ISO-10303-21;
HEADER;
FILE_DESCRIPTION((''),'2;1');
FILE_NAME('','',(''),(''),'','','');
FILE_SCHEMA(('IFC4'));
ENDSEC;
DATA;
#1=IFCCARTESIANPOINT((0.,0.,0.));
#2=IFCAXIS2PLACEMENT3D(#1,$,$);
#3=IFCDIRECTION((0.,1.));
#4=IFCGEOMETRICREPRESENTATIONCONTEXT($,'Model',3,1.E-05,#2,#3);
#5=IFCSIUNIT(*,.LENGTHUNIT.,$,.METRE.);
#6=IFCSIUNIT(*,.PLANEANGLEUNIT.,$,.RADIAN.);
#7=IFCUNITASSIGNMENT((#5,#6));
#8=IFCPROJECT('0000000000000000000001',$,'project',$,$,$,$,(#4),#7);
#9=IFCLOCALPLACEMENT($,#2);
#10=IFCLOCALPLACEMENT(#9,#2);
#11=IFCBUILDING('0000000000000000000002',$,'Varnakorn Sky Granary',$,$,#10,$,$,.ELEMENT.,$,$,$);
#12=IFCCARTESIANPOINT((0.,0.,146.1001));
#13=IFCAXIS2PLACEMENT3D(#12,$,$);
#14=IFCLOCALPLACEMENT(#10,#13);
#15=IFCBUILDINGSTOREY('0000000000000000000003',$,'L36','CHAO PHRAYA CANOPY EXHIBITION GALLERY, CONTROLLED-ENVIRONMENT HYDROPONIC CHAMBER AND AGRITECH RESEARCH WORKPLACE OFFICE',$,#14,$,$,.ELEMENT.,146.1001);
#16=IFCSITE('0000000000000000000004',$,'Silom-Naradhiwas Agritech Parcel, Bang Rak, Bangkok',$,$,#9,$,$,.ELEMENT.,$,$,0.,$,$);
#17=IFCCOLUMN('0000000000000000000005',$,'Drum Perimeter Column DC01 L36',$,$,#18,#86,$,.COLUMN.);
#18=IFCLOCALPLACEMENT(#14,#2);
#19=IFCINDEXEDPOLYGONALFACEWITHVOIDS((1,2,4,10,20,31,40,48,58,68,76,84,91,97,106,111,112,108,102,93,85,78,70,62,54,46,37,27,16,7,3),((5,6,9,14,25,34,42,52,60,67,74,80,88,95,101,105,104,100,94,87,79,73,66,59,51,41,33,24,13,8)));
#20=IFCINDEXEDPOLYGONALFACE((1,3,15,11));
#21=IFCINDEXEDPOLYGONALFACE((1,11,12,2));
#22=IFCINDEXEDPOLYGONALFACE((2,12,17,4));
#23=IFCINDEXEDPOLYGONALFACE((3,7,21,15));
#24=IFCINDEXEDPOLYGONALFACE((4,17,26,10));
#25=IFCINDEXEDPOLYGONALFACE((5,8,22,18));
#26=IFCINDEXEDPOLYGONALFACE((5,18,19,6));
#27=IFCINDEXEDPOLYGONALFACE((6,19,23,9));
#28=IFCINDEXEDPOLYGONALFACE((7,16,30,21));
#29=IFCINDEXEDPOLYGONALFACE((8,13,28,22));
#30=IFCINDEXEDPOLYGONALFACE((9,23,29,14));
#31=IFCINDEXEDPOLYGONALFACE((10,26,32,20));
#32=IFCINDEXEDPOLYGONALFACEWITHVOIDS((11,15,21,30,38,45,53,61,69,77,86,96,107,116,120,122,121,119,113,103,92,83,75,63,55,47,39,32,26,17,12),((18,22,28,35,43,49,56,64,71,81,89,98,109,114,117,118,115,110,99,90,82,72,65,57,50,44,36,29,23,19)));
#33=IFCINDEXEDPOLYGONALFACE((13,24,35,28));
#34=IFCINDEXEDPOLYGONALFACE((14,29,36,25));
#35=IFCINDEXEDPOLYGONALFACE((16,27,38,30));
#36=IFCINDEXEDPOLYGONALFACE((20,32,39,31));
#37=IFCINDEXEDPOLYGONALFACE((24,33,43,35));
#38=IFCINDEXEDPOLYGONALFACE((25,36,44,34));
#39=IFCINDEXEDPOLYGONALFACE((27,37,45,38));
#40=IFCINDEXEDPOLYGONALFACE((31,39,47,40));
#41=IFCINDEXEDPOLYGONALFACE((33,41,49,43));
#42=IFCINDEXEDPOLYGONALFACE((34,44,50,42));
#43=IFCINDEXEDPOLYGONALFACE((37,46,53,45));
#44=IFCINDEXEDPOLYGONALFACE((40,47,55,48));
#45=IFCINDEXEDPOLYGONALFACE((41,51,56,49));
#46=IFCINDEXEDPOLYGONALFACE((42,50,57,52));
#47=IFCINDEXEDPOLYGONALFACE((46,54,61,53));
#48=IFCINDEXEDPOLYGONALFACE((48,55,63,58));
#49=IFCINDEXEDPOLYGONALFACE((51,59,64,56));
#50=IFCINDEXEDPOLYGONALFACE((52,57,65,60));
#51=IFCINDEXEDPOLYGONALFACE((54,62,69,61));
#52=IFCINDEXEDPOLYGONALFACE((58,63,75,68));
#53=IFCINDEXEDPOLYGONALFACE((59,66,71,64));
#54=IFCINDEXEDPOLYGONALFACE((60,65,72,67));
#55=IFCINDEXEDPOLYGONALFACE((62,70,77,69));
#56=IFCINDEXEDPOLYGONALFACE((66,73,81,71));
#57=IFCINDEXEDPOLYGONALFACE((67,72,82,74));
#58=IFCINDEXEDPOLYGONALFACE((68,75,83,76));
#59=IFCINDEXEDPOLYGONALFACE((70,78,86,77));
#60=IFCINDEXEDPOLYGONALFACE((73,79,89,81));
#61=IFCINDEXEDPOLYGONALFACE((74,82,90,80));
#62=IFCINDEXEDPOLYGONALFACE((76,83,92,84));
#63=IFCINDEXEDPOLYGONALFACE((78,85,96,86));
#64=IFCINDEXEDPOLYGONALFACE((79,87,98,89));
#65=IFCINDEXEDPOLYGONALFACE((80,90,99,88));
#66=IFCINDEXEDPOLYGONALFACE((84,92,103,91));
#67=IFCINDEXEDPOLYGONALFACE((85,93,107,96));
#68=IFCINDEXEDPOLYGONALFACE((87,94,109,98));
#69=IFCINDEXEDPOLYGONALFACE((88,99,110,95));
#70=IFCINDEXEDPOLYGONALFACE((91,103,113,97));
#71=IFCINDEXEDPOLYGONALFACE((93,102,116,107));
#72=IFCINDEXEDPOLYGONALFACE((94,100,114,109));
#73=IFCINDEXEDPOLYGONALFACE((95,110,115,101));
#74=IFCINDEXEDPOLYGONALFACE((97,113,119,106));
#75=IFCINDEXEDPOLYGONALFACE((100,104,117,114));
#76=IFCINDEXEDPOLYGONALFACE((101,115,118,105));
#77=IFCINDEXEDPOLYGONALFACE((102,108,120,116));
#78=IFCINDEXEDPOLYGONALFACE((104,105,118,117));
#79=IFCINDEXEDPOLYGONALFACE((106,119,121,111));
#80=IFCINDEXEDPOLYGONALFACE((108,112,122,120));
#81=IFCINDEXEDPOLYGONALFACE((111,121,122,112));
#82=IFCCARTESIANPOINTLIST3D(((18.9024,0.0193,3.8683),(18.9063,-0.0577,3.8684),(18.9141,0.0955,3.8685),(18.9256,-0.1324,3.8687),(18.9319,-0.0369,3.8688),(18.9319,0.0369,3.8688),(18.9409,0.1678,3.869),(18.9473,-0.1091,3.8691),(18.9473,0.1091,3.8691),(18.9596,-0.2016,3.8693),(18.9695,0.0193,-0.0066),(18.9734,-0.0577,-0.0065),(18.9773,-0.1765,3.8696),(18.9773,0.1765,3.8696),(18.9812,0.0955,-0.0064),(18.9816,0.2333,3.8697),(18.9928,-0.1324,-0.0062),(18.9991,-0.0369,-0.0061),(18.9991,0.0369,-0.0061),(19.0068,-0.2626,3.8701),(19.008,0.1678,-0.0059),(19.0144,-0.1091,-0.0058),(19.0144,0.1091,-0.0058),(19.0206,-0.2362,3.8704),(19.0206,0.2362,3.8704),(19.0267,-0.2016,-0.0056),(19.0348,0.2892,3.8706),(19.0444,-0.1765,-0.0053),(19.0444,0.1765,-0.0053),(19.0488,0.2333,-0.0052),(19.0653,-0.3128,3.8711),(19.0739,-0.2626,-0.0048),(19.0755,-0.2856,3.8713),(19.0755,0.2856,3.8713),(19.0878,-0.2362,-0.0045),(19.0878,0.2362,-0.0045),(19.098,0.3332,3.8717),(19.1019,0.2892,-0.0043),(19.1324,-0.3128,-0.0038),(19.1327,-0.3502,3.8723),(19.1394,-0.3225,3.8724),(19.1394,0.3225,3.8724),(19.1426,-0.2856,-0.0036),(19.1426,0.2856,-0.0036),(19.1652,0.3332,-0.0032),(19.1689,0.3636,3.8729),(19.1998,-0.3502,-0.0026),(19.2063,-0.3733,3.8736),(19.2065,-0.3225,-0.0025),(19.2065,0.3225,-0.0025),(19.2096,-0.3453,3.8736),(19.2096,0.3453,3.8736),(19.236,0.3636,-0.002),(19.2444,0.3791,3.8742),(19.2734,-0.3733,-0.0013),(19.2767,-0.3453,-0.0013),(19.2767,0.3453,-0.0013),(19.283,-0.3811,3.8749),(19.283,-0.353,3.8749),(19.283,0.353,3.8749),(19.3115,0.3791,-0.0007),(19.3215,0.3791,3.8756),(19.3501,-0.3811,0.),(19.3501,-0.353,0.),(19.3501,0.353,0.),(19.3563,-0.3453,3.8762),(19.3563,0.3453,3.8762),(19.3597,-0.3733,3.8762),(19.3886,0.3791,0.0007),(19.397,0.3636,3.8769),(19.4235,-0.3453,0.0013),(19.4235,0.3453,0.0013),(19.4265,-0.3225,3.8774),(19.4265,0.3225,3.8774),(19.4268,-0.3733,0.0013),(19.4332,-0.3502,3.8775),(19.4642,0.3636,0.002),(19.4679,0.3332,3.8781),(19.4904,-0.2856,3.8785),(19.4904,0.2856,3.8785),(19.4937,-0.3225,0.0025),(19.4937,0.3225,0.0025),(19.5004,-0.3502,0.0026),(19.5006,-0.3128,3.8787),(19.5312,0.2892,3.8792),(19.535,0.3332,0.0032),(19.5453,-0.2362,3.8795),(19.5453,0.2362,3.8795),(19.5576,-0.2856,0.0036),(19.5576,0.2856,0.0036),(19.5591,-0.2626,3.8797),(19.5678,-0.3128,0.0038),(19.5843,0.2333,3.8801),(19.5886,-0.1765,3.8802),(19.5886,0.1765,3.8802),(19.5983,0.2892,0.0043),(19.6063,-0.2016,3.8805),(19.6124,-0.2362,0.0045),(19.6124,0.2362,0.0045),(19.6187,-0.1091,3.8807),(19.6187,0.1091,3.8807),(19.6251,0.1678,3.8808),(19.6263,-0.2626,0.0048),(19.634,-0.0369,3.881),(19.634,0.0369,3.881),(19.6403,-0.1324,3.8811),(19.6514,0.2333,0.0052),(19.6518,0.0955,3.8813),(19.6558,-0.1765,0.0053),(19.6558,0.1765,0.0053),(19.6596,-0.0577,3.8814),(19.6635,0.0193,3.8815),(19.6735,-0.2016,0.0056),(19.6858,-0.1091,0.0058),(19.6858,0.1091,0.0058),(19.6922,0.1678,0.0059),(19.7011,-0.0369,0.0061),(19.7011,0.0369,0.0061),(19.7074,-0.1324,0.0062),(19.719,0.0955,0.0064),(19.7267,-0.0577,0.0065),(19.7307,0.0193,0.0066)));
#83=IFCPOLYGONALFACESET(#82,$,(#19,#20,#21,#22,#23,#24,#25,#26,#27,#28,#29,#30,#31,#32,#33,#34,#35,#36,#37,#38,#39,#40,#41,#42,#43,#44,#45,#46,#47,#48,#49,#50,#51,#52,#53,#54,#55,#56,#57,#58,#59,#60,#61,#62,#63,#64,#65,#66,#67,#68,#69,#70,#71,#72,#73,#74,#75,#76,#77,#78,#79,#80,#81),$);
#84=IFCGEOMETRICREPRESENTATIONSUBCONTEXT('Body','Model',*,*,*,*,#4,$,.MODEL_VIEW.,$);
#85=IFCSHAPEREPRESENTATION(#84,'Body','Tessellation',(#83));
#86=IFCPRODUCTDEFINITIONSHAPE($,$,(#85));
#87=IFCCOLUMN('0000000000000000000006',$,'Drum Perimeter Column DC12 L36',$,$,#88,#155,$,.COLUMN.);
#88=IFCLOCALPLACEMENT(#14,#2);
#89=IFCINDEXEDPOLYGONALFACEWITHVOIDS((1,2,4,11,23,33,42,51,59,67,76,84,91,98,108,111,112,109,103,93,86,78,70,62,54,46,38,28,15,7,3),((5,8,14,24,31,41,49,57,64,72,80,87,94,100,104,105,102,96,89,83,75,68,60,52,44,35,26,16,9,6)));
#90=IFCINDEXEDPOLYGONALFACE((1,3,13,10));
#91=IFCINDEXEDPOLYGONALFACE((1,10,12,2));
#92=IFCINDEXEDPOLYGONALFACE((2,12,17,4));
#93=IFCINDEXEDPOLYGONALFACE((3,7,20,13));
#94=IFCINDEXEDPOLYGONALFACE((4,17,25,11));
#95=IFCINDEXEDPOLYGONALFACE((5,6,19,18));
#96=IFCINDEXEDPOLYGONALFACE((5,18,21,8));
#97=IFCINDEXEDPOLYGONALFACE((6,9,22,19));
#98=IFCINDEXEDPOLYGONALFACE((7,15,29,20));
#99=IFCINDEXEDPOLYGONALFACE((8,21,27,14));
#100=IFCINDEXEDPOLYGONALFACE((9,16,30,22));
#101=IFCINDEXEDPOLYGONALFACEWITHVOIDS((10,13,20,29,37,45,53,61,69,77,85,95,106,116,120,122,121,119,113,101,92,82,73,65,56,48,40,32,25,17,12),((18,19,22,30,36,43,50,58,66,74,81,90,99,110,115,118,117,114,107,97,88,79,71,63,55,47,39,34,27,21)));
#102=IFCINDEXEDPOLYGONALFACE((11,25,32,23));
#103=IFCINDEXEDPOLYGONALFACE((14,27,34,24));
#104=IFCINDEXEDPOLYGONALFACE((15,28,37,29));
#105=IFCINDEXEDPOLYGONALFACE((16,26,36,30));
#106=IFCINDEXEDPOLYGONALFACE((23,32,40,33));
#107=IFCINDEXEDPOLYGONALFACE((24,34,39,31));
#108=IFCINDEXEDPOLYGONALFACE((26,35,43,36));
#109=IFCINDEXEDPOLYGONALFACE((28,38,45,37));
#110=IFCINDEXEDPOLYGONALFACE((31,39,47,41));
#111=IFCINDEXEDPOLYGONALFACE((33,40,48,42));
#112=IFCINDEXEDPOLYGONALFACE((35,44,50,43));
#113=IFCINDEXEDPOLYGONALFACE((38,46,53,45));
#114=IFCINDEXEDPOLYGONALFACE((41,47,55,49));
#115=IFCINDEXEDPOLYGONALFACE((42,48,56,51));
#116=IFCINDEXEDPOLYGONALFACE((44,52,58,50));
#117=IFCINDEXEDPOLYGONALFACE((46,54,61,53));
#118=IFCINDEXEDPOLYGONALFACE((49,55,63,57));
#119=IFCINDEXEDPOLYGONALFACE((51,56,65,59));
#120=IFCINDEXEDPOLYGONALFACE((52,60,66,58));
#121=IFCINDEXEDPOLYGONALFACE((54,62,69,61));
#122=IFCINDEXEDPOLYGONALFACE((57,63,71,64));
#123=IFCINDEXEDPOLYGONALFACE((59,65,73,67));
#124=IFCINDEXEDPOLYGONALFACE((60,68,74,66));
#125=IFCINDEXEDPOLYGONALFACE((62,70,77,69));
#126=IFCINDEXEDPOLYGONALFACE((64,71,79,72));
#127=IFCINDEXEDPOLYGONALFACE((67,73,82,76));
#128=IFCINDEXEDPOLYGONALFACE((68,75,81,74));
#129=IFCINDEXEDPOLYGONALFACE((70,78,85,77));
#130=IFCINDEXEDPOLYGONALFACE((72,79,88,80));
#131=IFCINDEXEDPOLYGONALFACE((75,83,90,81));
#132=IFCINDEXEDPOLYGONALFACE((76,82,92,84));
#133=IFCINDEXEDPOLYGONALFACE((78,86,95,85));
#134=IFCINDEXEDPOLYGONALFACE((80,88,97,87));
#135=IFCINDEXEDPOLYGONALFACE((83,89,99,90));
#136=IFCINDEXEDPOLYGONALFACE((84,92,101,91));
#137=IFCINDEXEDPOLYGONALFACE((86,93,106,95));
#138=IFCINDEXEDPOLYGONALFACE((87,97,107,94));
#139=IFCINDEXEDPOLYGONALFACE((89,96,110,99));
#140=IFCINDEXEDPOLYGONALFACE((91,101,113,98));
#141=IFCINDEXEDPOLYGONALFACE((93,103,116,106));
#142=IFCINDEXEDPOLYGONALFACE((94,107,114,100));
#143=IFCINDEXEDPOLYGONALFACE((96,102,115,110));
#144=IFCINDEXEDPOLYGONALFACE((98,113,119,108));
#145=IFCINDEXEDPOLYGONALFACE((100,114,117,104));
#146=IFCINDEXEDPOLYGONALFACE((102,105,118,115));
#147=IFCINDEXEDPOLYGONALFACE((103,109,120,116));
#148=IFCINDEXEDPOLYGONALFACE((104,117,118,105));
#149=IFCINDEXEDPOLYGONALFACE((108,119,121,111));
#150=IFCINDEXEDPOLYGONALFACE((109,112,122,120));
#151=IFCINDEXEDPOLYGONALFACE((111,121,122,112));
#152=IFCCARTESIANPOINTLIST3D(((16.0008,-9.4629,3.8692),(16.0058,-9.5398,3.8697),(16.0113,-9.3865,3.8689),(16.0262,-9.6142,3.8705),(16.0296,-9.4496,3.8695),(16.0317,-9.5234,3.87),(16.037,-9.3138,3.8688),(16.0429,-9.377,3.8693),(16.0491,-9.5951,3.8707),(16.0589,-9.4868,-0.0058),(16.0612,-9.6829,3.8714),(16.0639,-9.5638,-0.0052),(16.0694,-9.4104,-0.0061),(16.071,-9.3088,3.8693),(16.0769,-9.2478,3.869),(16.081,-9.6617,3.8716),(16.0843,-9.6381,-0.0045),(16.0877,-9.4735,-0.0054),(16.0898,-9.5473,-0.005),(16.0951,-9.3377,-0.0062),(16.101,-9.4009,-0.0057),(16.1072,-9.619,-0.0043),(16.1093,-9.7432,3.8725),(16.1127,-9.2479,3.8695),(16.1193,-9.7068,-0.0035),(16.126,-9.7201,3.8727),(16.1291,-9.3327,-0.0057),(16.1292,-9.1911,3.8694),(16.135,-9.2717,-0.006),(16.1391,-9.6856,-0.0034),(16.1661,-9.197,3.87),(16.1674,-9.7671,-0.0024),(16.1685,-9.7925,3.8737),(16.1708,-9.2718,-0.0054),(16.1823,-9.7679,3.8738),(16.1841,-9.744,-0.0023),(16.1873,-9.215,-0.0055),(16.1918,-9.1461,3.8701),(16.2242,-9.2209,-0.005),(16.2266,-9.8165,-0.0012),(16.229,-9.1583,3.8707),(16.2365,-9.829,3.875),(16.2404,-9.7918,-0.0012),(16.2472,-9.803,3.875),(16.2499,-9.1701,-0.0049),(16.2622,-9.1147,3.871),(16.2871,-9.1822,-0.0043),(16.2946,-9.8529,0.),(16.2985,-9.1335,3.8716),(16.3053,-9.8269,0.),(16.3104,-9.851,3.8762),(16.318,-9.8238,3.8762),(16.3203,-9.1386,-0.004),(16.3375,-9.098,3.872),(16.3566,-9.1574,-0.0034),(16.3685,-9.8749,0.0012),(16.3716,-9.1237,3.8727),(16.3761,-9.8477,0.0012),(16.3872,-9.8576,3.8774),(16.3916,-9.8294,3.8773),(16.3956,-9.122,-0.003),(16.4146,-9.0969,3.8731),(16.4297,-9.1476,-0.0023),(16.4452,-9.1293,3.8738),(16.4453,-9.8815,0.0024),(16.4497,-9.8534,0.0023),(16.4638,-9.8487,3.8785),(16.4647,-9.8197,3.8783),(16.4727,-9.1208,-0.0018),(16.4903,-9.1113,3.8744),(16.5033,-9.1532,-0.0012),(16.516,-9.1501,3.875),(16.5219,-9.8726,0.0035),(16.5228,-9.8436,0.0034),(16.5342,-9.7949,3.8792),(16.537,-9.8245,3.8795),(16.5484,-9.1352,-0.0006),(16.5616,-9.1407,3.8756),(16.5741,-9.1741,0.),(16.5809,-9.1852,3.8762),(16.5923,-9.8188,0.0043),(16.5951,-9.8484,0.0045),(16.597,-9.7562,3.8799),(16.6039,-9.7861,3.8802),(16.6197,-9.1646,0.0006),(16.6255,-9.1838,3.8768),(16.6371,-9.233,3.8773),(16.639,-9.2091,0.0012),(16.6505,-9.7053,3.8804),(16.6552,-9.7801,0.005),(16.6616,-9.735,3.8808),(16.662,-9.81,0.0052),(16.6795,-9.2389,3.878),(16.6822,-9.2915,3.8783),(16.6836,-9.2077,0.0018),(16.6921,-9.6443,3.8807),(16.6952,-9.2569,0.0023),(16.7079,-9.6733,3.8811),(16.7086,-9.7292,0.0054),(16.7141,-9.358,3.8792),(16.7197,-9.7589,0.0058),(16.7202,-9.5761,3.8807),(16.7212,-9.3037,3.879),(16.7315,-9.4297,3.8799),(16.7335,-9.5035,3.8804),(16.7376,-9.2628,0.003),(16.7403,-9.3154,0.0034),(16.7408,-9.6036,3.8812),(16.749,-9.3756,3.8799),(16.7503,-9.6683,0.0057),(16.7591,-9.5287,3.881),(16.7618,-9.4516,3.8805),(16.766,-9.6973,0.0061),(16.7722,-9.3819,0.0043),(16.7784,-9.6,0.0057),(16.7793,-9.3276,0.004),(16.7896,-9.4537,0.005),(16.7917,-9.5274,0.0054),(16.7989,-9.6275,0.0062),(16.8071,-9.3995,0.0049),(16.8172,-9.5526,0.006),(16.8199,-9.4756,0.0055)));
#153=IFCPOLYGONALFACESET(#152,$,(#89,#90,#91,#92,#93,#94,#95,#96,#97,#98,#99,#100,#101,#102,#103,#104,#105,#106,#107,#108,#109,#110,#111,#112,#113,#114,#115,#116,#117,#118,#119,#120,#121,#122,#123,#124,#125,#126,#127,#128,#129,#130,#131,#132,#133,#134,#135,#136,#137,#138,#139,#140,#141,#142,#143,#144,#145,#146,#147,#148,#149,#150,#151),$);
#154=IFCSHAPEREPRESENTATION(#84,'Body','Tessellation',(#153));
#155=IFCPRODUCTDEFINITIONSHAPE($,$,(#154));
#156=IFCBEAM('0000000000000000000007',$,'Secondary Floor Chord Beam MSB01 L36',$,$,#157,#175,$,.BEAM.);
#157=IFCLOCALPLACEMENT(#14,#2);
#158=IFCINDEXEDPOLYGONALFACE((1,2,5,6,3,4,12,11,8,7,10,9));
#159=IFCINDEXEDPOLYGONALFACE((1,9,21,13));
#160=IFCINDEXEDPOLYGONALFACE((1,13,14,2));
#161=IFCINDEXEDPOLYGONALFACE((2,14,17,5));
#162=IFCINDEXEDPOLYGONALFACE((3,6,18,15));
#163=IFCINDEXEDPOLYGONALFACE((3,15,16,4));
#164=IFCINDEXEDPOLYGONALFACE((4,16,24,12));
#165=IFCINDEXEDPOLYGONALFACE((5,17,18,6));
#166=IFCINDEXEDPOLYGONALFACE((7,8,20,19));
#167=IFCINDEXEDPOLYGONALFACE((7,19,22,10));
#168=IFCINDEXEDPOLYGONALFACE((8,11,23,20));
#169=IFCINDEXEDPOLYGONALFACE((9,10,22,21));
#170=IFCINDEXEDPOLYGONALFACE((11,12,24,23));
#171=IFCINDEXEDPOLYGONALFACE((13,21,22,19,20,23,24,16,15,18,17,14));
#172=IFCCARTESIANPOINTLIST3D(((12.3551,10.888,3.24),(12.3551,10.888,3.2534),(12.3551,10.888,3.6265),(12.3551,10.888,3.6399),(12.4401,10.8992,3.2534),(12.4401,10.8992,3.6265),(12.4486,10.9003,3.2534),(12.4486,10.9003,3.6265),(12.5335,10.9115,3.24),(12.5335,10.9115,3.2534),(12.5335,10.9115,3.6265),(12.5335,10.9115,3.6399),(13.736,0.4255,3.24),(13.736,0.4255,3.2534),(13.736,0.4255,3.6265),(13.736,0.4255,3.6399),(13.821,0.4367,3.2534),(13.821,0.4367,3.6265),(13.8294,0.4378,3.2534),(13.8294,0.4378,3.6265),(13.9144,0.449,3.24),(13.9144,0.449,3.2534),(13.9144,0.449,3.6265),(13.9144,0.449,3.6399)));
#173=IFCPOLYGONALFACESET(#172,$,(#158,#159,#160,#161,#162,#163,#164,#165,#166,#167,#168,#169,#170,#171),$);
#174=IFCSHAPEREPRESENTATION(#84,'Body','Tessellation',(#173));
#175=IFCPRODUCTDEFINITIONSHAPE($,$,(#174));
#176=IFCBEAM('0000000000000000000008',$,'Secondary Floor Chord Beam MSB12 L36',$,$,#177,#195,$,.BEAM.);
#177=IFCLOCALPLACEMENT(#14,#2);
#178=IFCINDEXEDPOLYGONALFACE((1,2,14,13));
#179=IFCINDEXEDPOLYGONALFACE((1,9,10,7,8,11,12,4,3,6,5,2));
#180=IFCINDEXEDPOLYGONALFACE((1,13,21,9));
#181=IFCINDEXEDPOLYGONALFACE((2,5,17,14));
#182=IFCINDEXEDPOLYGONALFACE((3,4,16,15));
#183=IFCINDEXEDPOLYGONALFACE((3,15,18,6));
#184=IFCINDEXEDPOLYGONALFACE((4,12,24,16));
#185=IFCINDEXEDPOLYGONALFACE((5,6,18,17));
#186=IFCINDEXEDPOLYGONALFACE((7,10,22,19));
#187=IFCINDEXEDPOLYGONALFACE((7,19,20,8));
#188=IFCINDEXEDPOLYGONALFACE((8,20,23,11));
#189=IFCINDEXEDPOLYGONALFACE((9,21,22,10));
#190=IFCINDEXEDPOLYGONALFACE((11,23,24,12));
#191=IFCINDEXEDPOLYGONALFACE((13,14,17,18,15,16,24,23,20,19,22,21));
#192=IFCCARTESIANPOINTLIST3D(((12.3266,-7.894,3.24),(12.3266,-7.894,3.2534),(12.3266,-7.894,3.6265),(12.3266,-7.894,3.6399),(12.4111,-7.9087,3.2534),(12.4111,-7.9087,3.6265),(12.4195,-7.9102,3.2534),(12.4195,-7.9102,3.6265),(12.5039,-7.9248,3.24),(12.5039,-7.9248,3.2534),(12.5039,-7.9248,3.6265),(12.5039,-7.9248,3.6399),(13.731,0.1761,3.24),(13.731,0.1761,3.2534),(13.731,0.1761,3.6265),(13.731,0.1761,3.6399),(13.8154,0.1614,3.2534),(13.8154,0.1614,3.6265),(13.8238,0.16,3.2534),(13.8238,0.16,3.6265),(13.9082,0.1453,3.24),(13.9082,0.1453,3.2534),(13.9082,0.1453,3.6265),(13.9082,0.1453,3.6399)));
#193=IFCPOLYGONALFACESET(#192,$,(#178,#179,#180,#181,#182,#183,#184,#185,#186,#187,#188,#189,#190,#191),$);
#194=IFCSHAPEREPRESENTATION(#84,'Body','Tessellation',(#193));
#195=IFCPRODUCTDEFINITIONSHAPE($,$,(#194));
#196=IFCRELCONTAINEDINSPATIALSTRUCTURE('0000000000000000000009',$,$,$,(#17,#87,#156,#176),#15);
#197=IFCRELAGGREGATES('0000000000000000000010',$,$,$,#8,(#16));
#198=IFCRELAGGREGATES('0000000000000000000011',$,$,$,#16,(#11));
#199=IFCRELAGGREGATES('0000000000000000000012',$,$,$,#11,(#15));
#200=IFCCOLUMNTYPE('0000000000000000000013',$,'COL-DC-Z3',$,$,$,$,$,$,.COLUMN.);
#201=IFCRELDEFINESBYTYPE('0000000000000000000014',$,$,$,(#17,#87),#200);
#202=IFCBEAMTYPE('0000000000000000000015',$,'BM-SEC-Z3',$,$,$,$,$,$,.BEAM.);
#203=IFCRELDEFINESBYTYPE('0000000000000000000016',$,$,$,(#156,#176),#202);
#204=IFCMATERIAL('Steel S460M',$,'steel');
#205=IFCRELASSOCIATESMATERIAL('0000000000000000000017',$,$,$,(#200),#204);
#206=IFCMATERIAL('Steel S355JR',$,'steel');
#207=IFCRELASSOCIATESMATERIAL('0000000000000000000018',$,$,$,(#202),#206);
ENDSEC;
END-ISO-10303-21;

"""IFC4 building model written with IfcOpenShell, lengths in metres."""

from ifc_helpers import new_model, si_unit, direction, frame, origin, origin_2d, place, context, subcontext, project, spatial, hollow_circle, i_section, extrude, material, material_profile, profile_set, type_object, element, save


model = new_model("IFC4")

# Units and contexts
model_context = context("Model", 3, precision=1e-05, world=origin(), true_north=direction((0.0, 1.0)))
body_context = subcontext(model_context, "Body", "Model", "MODEL_VIEW")
ifc_project = project(units=[si_unit("LENGTHUNIT", "METRE"), si_unit("PLANEANGLEUNIT", "RADIAN")], contexts=[model_context])

# Site, building, storey
site_placement = place(None, origin())
site = spatial("IfcSite", under=ifc_project, at=site_placement, Name="Silom-Naradhiwas Agritech Parcel, Bang Rak, Bangkok", CompositionType="ELEMENT", RefElevation=0.0)
building_placement = place(site_placement, origin())
building = spatial("IfcBuilding", under=site, at=building_placement, Name="Varnakorn Sky Granary", CompositionType="ELEMENT")
storey_placement = place(building_placement, frame((0.0, 0.0, 146.1001)))
storey = spatial("IfcBuildingStorey", under=building, at=storey_placement, Name="L36", Description="CHAO PHRAYA CANOPY EXHIBITION GALLERY, CONTROLLED-ENVIRONMENT HYDROPONIC CHAMBER AND AGRITECH RESEARCH WORKPLACE OFFICE", CompositionType="ELEMENT", Elevation=146.1001)

# Columns
ifc_material_1 = material(Name="Steel S460M", Category="steel")
ifc_material_profile_1 = material_profile(ifc_material_1, hollow_circle(Radius=0.3811, WallThickness=0.0281, at=origin_2d()), Name="CHS 762x28")
ifc_profile_set_1 = profile_set([ifc_material_profile_1], Name="Steel S460M")
column_type = type_object("IfcColumnType", Name="COL-DC-Z3", PredefinedType="COLUMN", material=ifc_profile_set_1)
for number, where, z_axis, x_axis, name in (
    (1, (19.3501, 0.0, 0.0), (-0.017324, 0.0, 0.99985), (0.0, -1.0, 0.0), "Drum Perimeter Column DC01 L36"),
    (2, (16.4397, -9.5005, 0.0), (-0.014993, 0.006174, 0.999869), (-0.38075, -0.924678, 0.0), "Drum Perimeter Column DC12 L36"),
):
    element("IfcColumn", number, at=place(storey_placement, frame(where, z_axis=z_axis, x_axis=x_axis)), inside=storey, type_object=column_type, Name=name, PredefinedType="COLUMN", context=body_context, shape_type="SweptSolid", body=[
        extrude(hollow_circle(Radius=0.3811, WallThickness=0.0281, at=origin_2d()), origin(), (0.0, 0.0, 1.0), 3.8755),
    ])

# Beams
ifc_material_2 = material(Name="Steel S355JR", Category="steel")
ifc_material_profile_2 = material_profile(ifc_material_2, i_section(OverallWidth=0.1799, OverallDepth=0.3999, WebThickness=0.0085, FlangeThickness=0.0134, at=origin_2d()), Name="IPE 400")
ifc_profile_set_2 = profile_set([ifc_material_profile_2], Name="Steel S355JR")
beam_type_1 = type_object("IfcBeamType", Name="BM-SEC-Z3", PredefinedType="BEAM", material=ifc_profile_set_2)
beam_1_placement = place(storey_placement, frame((13.8252, 0.4373, 3.4399), z_axis=(-0.130848, 0.991402, 0.0), x_axis=(-0.991402, -0.130848, 0.0)))
element("IfcBeam", 3, at=beam_1_placement, inside=storey, type_object=beam_type_1, Name="Secondary Floor Chord Beam MSB01 L36", PredefinedType="BEAM", context=body_context, shape_type="SweptSolid", body=[
    extrude(i_section(OverallWidth=0.1799, OverallDepth=0.3999, WebThickness=0.0085, FlangeThickness=0.0134, at=origin_2d()), origin(), (0.0, 0.0, 1.0), 10.5532),
])
beam_2_placement = place(storey_placement, frame((12.4153, -7.9094, 3.4399), z_axis=(0.171437, 0.985195, 0.0), x_axis=(-0.985195, 0.171437, 0.0)))
element("IfcBeam", 4, at=beam_2_placement, inside=storey, type_object=beam_type_1, Name="Secondary Floor Chord Beam MSB12 L36", PredefinedType="BEAM", context=body_context, shape_type="SweptSolid", body=[
    extrude(i_section(OverallWidth=0.1799, OverallDepth=0.3999, WebThickness=0.0085, FlangeThickness=0.0134, at=origin_2d()), origin(), (0.0, 0.0, 1.0), 8.1914),
])

save(model, "model.ifc")
